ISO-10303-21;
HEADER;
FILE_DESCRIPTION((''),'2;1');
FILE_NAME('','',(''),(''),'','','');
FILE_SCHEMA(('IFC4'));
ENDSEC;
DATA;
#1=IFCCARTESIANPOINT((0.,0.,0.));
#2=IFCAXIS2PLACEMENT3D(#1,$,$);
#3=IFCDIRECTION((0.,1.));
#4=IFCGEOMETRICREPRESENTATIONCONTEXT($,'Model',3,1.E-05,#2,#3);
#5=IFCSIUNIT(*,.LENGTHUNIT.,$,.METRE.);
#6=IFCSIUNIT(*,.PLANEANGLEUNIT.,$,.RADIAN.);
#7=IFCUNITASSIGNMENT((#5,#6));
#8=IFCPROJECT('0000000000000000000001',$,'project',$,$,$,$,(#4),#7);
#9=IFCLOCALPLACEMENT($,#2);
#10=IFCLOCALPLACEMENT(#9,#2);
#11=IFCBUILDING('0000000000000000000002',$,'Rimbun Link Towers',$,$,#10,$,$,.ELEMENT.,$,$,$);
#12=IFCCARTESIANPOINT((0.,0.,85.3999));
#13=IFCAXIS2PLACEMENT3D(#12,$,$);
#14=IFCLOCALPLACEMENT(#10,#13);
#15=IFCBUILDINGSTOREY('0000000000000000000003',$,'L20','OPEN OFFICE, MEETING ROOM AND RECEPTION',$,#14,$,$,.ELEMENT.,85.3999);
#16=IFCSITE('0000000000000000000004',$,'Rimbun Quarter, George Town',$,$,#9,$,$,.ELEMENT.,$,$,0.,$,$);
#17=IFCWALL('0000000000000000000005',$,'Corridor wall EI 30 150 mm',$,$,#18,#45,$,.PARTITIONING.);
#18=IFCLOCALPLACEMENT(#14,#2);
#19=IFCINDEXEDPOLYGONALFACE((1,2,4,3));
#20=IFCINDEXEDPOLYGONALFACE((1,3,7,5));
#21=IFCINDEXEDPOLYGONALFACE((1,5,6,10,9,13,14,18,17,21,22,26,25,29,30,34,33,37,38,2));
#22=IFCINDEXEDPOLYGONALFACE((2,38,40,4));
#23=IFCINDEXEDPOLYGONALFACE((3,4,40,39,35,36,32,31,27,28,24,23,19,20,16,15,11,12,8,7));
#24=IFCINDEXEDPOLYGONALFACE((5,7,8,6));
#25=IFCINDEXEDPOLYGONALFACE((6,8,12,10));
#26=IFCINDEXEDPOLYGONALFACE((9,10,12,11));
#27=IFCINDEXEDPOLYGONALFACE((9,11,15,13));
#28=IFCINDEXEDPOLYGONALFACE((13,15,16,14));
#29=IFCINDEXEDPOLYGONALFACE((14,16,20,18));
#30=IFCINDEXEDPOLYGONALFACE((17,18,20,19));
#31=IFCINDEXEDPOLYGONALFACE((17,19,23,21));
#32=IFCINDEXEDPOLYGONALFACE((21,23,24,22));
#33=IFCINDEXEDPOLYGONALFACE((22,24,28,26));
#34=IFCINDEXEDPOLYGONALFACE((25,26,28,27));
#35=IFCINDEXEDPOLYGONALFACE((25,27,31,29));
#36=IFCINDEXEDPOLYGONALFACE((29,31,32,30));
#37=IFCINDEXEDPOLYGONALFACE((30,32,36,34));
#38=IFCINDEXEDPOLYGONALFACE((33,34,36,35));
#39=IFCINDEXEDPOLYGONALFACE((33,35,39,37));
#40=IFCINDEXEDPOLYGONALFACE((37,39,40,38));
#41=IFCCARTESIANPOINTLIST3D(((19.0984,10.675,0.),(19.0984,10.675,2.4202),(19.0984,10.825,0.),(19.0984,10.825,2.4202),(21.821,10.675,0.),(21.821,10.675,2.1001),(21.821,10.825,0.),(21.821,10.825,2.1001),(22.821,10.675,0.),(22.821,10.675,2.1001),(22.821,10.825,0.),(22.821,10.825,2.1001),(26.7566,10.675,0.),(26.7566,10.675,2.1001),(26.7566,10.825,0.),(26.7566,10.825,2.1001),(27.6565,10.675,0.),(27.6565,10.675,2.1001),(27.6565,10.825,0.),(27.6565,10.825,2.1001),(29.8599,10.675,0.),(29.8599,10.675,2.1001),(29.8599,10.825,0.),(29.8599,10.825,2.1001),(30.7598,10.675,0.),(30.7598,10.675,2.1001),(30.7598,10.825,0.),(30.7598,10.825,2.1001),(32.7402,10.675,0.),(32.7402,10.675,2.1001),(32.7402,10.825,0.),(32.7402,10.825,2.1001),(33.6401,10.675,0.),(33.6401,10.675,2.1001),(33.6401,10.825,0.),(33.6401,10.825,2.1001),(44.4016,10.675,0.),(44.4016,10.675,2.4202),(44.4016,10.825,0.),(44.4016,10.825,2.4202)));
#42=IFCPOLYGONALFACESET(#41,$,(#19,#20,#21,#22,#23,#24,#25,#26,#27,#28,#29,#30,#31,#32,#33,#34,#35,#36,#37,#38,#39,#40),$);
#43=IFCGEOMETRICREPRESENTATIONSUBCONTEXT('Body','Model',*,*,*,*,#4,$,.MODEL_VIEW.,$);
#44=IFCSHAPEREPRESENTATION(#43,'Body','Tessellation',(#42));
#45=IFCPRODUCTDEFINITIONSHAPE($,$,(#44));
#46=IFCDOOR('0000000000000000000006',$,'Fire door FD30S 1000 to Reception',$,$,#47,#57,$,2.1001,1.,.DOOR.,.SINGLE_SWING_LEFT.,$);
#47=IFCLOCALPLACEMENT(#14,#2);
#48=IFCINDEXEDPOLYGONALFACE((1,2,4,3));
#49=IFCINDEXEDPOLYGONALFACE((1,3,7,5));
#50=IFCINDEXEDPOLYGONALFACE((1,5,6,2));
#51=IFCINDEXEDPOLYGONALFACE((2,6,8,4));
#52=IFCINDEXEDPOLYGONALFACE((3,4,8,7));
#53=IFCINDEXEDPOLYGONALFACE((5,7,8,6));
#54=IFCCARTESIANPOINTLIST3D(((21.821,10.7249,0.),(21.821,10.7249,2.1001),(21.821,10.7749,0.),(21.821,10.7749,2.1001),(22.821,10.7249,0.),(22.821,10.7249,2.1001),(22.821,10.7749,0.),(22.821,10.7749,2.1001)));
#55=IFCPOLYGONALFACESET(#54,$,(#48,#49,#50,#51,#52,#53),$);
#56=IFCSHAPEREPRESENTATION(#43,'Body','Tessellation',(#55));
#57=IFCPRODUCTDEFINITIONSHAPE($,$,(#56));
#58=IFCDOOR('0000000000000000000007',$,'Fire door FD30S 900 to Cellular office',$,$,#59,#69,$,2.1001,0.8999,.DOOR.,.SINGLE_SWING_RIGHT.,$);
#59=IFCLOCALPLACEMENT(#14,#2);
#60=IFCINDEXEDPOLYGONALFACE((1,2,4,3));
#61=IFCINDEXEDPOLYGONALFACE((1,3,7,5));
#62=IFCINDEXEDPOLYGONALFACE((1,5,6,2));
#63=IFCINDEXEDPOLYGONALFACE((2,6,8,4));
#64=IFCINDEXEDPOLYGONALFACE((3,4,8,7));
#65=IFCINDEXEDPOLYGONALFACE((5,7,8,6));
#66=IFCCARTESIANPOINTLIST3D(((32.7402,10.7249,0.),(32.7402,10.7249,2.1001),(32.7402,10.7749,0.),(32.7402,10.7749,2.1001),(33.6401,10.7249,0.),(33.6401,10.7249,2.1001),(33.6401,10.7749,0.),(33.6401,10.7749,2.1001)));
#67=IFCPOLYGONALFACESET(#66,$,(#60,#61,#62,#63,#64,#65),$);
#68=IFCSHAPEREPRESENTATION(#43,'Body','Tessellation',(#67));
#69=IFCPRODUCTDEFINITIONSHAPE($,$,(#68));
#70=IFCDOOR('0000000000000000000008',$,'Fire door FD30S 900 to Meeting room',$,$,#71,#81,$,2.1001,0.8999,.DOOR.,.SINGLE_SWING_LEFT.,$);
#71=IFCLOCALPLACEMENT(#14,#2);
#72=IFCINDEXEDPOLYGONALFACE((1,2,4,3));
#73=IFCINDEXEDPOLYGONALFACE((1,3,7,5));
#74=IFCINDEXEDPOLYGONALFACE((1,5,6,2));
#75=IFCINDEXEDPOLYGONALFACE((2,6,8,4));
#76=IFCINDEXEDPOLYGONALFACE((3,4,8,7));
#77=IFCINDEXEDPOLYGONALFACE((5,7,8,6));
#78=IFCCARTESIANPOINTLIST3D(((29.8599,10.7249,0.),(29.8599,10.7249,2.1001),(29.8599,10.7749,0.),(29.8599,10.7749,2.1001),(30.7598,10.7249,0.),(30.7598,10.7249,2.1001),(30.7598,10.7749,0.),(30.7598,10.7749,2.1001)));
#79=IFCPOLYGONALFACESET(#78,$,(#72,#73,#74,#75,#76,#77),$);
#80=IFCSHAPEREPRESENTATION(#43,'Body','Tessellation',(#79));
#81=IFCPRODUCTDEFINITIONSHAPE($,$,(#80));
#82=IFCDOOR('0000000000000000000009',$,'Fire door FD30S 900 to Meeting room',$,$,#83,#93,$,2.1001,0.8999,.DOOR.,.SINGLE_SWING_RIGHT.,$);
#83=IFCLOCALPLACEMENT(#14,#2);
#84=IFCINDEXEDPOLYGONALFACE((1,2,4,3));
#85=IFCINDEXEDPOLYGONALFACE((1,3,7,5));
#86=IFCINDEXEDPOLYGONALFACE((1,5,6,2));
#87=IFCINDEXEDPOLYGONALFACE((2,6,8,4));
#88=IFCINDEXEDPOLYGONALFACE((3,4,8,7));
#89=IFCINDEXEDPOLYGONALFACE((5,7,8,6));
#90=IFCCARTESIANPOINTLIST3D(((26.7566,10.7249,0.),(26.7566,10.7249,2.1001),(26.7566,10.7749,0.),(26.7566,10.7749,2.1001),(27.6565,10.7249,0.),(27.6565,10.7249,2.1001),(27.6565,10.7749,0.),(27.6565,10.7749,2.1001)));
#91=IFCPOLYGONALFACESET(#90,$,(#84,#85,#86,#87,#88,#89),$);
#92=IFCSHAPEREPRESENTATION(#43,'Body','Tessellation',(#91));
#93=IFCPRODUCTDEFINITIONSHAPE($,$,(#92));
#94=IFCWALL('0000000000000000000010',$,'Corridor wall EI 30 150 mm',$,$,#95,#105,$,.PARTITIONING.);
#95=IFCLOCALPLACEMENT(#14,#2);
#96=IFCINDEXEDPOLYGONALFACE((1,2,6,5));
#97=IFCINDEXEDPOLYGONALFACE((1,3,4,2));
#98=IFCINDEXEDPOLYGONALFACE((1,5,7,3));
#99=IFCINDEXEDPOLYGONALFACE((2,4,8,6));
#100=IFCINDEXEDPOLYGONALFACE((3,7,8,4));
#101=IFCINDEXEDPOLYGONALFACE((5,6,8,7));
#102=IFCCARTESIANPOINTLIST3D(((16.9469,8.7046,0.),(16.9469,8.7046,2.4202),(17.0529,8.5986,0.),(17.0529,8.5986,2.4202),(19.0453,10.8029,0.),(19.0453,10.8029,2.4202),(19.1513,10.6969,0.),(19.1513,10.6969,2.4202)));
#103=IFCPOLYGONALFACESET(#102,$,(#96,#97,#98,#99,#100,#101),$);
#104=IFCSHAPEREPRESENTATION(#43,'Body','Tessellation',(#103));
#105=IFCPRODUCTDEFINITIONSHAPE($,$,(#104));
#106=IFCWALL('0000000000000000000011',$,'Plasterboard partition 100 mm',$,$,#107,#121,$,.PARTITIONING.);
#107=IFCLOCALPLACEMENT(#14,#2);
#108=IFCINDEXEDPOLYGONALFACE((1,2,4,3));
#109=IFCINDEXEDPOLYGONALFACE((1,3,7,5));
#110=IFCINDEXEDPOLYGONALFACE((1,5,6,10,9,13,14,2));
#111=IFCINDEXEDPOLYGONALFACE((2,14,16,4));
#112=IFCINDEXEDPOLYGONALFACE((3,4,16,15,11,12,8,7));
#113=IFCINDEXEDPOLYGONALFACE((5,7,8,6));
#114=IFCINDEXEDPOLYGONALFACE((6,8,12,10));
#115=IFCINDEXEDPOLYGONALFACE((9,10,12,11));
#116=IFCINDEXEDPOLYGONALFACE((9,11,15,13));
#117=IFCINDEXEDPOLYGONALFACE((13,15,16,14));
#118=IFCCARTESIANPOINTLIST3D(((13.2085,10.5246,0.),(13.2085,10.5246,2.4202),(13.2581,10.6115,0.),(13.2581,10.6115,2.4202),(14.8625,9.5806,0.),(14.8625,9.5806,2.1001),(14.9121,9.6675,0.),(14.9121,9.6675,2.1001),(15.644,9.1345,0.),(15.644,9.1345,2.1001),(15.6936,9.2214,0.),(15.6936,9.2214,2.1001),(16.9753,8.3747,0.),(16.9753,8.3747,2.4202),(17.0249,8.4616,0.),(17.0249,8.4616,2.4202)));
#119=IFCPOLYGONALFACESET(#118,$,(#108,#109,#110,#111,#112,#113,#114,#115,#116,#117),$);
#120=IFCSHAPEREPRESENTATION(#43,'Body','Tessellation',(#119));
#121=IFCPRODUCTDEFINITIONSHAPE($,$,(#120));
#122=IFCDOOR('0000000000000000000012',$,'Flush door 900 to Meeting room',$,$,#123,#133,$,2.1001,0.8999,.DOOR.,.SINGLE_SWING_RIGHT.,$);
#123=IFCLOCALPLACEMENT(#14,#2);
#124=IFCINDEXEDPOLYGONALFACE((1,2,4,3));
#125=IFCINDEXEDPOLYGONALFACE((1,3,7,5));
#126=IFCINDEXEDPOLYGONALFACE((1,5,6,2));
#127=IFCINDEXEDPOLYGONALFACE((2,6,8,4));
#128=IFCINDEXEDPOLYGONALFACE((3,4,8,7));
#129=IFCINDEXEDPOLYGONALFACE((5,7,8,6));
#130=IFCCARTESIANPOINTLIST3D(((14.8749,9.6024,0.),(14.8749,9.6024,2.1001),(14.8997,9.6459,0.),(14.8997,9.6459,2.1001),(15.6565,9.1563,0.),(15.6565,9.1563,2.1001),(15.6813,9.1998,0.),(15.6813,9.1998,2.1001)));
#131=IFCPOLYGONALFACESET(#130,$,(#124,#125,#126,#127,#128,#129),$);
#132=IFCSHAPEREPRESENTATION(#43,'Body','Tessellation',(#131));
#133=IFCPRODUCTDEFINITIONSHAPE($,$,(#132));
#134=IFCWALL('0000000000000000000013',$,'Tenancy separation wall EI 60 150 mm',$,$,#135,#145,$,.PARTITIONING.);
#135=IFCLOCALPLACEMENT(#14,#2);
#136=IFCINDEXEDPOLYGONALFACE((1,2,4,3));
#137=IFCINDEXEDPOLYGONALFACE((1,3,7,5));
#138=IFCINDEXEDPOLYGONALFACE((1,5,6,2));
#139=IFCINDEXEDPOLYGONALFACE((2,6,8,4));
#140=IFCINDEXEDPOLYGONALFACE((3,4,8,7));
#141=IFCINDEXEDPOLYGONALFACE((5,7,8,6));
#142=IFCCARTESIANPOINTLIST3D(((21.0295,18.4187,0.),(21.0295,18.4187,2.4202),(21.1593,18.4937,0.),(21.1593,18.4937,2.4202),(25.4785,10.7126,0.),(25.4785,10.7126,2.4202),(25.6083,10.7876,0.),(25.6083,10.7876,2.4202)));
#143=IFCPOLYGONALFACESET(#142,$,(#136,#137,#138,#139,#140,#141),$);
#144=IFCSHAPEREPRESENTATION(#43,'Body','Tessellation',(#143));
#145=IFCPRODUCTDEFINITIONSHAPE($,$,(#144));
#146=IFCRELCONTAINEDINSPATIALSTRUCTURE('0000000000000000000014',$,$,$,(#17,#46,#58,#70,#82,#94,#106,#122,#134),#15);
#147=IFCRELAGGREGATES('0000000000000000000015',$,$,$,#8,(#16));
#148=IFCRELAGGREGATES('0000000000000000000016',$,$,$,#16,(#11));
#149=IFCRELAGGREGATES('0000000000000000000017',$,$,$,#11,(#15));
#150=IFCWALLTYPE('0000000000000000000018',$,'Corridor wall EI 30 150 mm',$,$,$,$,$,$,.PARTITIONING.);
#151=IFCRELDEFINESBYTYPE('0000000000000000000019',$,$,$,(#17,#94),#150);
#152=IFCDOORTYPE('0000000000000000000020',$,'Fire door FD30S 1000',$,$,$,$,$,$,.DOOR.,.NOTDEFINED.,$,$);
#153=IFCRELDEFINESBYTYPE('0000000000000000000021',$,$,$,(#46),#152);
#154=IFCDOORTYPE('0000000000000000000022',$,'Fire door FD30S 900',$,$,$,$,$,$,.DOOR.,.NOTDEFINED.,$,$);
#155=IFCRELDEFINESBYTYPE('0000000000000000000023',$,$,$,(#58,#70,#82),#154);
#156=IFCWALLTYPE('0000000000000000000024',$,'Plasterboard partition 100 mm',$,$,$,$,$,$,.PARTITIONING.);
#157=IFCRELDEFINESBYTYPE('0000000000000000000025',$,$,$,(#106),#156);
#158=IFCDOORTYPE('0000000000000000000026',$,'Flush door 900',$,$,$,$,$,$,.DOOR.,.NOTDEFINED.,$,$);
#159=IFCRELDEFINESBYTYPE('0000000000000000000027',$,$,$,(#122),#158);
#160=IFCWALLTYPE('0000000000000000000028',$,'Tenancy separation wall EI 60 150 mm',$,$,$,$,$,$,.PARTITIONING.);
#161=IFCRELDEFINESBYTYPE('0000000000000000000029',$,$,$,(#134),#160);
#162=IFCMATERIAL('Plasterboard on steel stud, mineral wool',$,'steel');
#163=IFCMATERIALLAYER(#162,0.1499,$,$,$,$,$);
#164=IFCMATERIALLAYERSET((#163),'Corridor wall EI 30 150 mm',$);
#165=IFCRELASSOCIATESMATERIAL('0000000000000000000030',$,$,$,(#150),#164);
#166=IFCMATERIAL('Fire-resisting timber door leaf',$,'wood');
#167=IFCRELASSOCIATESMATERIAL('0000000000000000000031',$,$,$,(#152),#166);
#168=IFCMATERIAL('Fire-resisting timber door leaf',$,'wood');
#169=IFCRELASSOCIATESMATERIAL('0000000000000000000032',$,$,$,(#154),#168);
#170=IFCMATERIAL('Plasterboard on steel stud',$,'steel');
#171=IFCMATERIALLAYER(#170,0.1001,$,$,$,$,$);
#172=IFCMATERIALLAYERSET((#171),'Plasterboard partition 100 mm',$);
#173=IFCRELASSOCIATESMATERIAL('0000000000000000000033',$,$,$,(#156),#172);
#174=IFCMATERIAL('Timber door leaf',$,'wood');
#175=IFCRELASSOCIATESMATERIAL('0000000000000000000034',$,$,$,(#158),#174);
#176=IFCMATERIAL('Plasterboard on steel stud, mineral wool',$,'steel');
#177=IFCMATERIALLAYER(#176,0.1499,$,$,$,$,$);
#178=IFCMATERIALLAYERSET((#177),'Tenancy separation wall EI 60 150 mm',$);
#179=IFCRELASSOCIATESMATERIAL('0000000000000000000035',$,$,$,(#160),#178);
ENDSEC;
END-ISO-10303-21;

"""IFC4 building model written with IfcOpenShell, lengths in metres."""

from ifc_helpers import new_model, si_unit, direction, frame, frame_2d, origin, place, context, subcontext, project, spatial, rectangle, extrude, material, layer, layer_set, type_object, element, fill, save


model = new_model("IFC4")

# Units and contexts
model_context = context("Model", 3, precision=1e-05, world=origin(), true_north=direction((0.0, 1.0)))
body_context = subcontext(model_context, "Body", "Model", "MODEL_VIEW")
ifc_project = project(units=[si_unit("LENGTHUNIT", "METRE"), si_unit("PLANEANGLEUNIT", "RADIAN")], contexts=[model_context])

# Site, building, storey
site_placement = place(None, origin())
site = spatial("IfcSite", under=ifc_project, at=site_placement, Name="Rimbun Quarter, George Town", CompositionType="ELEMENT", RefElevation=0.0)
building_placement = place(site_placement, origin())
building = spatial("IfcBuilding", under=site, at=building_placement, Name="Rimbun Link Towers", CompositionType="ELEMENT")
storey_placement = place(building_placement, frame((0.0, 0.0, 85.3999)))
storey = spatial("IfcBuildingStorey", under=building, at=storey_placement, Name="L20", Description="OPEN OFFICE, MEETING ROOM AND RECEPTION", CompositionType="ELEMENT", Elevation=85.3999)

# Wall, openings, doors
ifc_material_1 = material(Name="Plasterboard on steel stud, mineral wool", Category="steel")
ifc_layer_1 = layer(ifc_material_1, 0.1499)
ifc_layer_set_1 = layer_set([ifc_layer_1], Name="Corridor wall EI 30 150 mm")
wall_type_1 = type_object("IfcWallType", Name="Corridor wall EI 30 150 mm", PredefinedType="PARTITIONING", material=ifc_layer_set_1)
wall_1_placement = place(storey_placement, frame((19.0984, 10.75, 0.0), z_axis=(0.0, 0.0, 1.0), x_axis=(1.0, 0.0, 0.0)))
wall_1 = element("IfcWall", 1, at=wall_1_placement, inside=storey, type_object=wall_type_1, Name="Corridor wall EI 30 150 mm", PredefinedType="PARTITIONING", context=body_context, shape_type="SweptSolid", body=[
    extrude(rectangle(XDim=25.3032, YDim=0.1499, at=frame_2d((12.6516, 0.0))), origin(), (0.0, 0.0, 1.0), 2.4202),
])
opening_1_placement = place(wall_1_placement, frame((13.6418, 0.0, 0.0)))
opening_1 = element("IfcOpeningElement", 2, at=opening_1_placement, cuts=wall_1, PredefinedType="OPENING", context=body_context, shape_type="SweptSolid", body=[
    extrude(rectangle(XDim=0.8999, YDim=2.1001, at=frame_2d((0.45, 1.05))), frame((0.0, 0.085, 0.0), z_axis=(0.0, -1.0, 0.0), x_axis=(1.0, 0.0, 0.0)), (0.0, 0.0, 1.0), 0.1699),
])
opening_2_placement = place(wall_1_placement, frame((10.7615, 0.0, 0.0)))
opening_2 = element("IfcOpeningElement", 3, at=opening_2_placement, cuts=wall_1, PredefinedType="OPENING", context=body_context, shape_type="SweptSolid", body=[
    extrude(rectangle(XDim=0.8999, YDim=2.1001, at=frame_2d((0.45, 1.05))), frame((0.0, 0.085, 0.0), z_axis=(0.0, -1.0, 0.0), x_axis=(1.0, 0.0, 0.0)), (0.0, 0.0, 1.0), 0.1699),
])
opening_3_placement = place(wall_1_placement, frame((7.6582, 0.0, 0.0)))
opening_3 = element("IfcOpeningElement", 4, at=opening_3_placement, cuts=wall_1, PredefinedType="OPENING", context=body_context, shape_type="SweptSolid", body=[
    extrude(rectangle(XDim=0.8999, YDim=2.1001, at=frame_2d((0.45, 1.05))), frame((0.0, 0.085, 0.0), z_axis=(0.0, -1.0, 0.0), x_axis=(1.0, 0.0, 0.0)), (0.0, 0.0, 1.0), 0.1699),
])
opening_4_placement = place(wall_1_placement, frame((2.7227, 0.0, 0.0)))
opening_4 = element("IfcOpeningElement", 5, at=opening_4_placement, cuts=wall_1, PredefinedType="OPENING", context=body_context, shape_type="SweptSolid", body=[
    extrude(rectangle(XDim=1.0, YDim=2.1001, at=frame_2d((0.5, 1.05))), frame((0.0, 0.085, 0.0), z_axis=(0.0, -1.0, 0.0), x_axis=(1.0, 0.0, 0.0)), (0.0, 0.0, 1.0), 0.1699),
])
ifc_material_2 = material(Name="Fire-resisting timber door leaf", Category="wood")
door_type_1 = type_object("IfcDoorType", Name="Fire door FD30S 1000", OperationType="NOTDEFINED", PredefinedType="DOOR", material=ifc_material_2)
door_1_placement = place(opening_4_placement, origin())
door_1 = element("IfcDoor", 6, at=door_1_placement, inside=storey, type_object=door_type_1, Name="Fire door FD30S 1000 to Reception", OperationType="SINGLE_SWING_LEFT", OverallHeight=2.1001, OverallWidth=1.0, PredefinedType="DOOR", context=body_context, shape_type="SweptSolid", body=[
    extrude(rectangle(XDim=1.0, YDim=2.1001, at=frame_2d((0.5, 1.05))), frame((0.0, 0.0249, 0.0), z_axis=(0.0, -1.0, 0.0), x_axis=(1.0, 0.0, 0.0)), (0.0, 0.0, 1.0), 0.05),
])
fill(opening_4, door_1)
ifc_material_3 = material(Name="Fire-resisting timber door leaf", Category="wood")
door_type_2 = type_object("IfcDoorType", Name="Fire door FD30S 900", OperationType="NOTDEFINED", PredefinedType="DOOR", material=ifc_material_3)
door_2_placement = place(opening_1_placement, origin())
door_2 = element("IfcDoor", 7, at=door_2_placement, inside=storey, type_object=door_type_2, Name="Fire door FD30S 900 to Cellular office", OperationType="SINGLE_SWING_RIGHT", OverallHeight=2.1001, OverallWidth=0.8999, PredefinedType="DOOR", context=body_context, shape_type="SweptSolid", body=[
    extrude(rectangle(XDim=0.8999, YDim=2.1001, at=frame_2d((0.45, 1.05))), frame((0.0, 0.0249, 0.0), z_axis=(0.0, -1.0, 0.0), x_axis=(1.0, 0.0, 0.0)), (0.0, 0.0, 1.0), 0.05),
])
fill(opening_1, door_2)
door_3_placement = place(opening_2_placement, origin())
door_3 = element("IfcDoor", 8, at=door_3_placement, inside=storey, type_object=door_type_2, Name="Fire door FD30S 900 to Meeting room", OperationType="SINGLE_SWING_LEFT", OverallHeight=2.1001, OverallWidth=0.8999, PredefinedType="DOOR", context=body_context, shape_type="SweptSolid", body=[
    extrude(rectangle(XDim=0.8999, YDim=2.1001, at=frame_2d((0.45, 1.05))), frame((0.0, 0.0249, 0.0), z_axis=(0.0, -1.0, 0.0), x_axis=(1.0, 0.0, 0.0)), (0.0, 0.0, 1.0), 0.05),
])
fill(opening_2, door_3)
door_4_placement = place(opening_3_placement, origin())
door_4 = element("IfcDoor", 9, at=door_4_placement, inside=storey, type_object=door_type_2, Name="Fire door FD30S 900 to Meeting room", OperationType="SINGLE_SWING_RIGHT", OverallHeight=2.1001, OverallWidth=0.8999, PredefinedType="DOOR", context=body_context, shape_type="SweptSolid", body=[
    extrude(rectangle(XDim=0.8999, YDim=2.1001, at=frame_2d((0.45, 1.05))), frame((0.0, 0.0249, 0.0), z_axis=(0.0, -1.0, 0.0), x_axis=(1.0, 0.0, 0.0)), (0.0, 0.0, 1.0), 0.05),
])
fill(opening_3, door_4)

# Wall
wall_2_placement = place(storey_placement, frame((19.0984, 10.75, 0.0), z_axis=(0.0, 0.0, 1.0), x_axis=(-0.707107, -0.707107, 0.0)))
element("IfcWall", 10, at=wall_2_placement, inside=storey, type_object=wall_type_1, Name="Corridor wall EI 30 150 mm", PredefinedType="PARTITIONING", context=body_context, shape_type="SweptSolid", body=[
    extrude(rectangle(XDim=2.9675, YDim=0.1499, at=frame_2d((1.4839, 0.0))), origin(), (0.0, 0.0, 1.0), 2.4202),
])

# Wall, opening, door
ifc_material_4 = material(Name="Plasterboard on steel stud", Category="steel")
ifc_layer_2 = layer(ifc_material_4, 0.1001)
ifc_layer_set_2 = layer_set([ifc_layer_2], Name="Plasterboard partition 100 mm")
wall_type_2 = type_object("IfcWallType", Name="Plasterboard partition 100 mm", PredefinedType="PARTITIONING", material=ifc_layer_set_2)
wall_3_placement = place(storey_placement, frame((17.0, 8.4182, 0.0), z_axis=(0.0, 0.0, 1.0), x_axis=(-0.868499, 0.49569, 0.0)))
wall_3 = element("IfcWall", 11, at=wall_3_placement, inside=storey, type_object=wall_type_2, Name="Plasterboard partition 100 mm", PredefinedType="PARTITIONING", context=body_context, shape_type="SweptSolid", body=[
    extrude(rectangle(XDim=4.3372, YDim=0.1001, at=frame_2d((2.1685, 0.0))), origin(), (0.0, 0.0, 1.0), 2.4202),
])
opening_5_placement = place(wall_3_placement, frame((1.5327, 0.0, 0.0)))
opening_5 = element("IfcOpeningElement", 12, at=opening_5_placement, cuts=wall_3, PredefinedType="OPENING", context=body_context, shape_type="SweptSolid", body=[
    extrude(rectangle(XDim=0.8999, YDim=2.1001, at=frame_2d((0.45, 1.05))), frame((0.0, 0.0601, 0.0), z_axis=(0.0, -1.0, 0.0), x_axis=(1.0, 0.0, 0.0)), (0.0, 0.0, 1.0), 0.1201),
])
ifc_material_5 = material(Name="Timber door leaf", Category="wood")
door_type_3 = type_object("IfcDoorType", Name="Flush door 900", OperationType="NOTDEFINED", PredefinedType="DOOR", material=ifc_material_5)
door_5_placement = place(opening_5_placement, origin())
door_5 = element("IfcDoor", 13, at=door_5_placement, inside=storey, type_object=door_type_3, Name="Flush door 900 to Meeting room", OperationType="SINGLE_SWING_RIGHT", OverallHeight=2.1001, OverallWidth=0.8999, PredefinedType="DOOR", context=body_context, shape_type="SweptSolid", body=[
    extrude(rectangle(XDim=0.8999, YDim=2.1001, at=frame_2d((0.45, 1.05))), frame((0.0, 0.0249, 0.0), z_axis=(0.0, -1.0, 0.0), x_axis=(1.0, 0.0, 0.0)), (0.0, 0.0, 1.0), 0.05),
])
fill(opening_5, door_5)

# Wall
ifc_material_6 = material(Name="Plasterboard on steel stud, mineral wool", Category="steel")
ifc_layer_3 = layer(ifc_material_6, 0.1499)
ifc_layer_set_3 = layer_set([ifc_layer_3], Name="Tenancy separation wall EI 60 150 mm")
wall_type_3 = type_object("IfcWallType", Name="Tenancy separation wall EI 60 150 mm", PredefinedType="PARTITIONING", material=ifc_layer_set_3)
wall_4_placement = place(storey_placement, frame((25.5435, 10.75, 0.0), z_axis=(0.0, 0.0, 1.0), x_axis=(-0.49999, 0.866031, 0.0)))
element("IfcWall", 14, at=wall_4_placement, inside=storey, type_object=wall_type_3, Name="Tenancy separation wall EI 60 150 mm", PredefinedType="PARTITIONING", context=body_context, shape_type="SweptSolid", body=[
    extrude(rectangle(XDim=8.8982, YDim=0.1499, at=frame_2d((4.4492, 0.0))), origin(), (0.0, 0.0, 1.0), 2.4202),
])

save(model, "model.ifc")
